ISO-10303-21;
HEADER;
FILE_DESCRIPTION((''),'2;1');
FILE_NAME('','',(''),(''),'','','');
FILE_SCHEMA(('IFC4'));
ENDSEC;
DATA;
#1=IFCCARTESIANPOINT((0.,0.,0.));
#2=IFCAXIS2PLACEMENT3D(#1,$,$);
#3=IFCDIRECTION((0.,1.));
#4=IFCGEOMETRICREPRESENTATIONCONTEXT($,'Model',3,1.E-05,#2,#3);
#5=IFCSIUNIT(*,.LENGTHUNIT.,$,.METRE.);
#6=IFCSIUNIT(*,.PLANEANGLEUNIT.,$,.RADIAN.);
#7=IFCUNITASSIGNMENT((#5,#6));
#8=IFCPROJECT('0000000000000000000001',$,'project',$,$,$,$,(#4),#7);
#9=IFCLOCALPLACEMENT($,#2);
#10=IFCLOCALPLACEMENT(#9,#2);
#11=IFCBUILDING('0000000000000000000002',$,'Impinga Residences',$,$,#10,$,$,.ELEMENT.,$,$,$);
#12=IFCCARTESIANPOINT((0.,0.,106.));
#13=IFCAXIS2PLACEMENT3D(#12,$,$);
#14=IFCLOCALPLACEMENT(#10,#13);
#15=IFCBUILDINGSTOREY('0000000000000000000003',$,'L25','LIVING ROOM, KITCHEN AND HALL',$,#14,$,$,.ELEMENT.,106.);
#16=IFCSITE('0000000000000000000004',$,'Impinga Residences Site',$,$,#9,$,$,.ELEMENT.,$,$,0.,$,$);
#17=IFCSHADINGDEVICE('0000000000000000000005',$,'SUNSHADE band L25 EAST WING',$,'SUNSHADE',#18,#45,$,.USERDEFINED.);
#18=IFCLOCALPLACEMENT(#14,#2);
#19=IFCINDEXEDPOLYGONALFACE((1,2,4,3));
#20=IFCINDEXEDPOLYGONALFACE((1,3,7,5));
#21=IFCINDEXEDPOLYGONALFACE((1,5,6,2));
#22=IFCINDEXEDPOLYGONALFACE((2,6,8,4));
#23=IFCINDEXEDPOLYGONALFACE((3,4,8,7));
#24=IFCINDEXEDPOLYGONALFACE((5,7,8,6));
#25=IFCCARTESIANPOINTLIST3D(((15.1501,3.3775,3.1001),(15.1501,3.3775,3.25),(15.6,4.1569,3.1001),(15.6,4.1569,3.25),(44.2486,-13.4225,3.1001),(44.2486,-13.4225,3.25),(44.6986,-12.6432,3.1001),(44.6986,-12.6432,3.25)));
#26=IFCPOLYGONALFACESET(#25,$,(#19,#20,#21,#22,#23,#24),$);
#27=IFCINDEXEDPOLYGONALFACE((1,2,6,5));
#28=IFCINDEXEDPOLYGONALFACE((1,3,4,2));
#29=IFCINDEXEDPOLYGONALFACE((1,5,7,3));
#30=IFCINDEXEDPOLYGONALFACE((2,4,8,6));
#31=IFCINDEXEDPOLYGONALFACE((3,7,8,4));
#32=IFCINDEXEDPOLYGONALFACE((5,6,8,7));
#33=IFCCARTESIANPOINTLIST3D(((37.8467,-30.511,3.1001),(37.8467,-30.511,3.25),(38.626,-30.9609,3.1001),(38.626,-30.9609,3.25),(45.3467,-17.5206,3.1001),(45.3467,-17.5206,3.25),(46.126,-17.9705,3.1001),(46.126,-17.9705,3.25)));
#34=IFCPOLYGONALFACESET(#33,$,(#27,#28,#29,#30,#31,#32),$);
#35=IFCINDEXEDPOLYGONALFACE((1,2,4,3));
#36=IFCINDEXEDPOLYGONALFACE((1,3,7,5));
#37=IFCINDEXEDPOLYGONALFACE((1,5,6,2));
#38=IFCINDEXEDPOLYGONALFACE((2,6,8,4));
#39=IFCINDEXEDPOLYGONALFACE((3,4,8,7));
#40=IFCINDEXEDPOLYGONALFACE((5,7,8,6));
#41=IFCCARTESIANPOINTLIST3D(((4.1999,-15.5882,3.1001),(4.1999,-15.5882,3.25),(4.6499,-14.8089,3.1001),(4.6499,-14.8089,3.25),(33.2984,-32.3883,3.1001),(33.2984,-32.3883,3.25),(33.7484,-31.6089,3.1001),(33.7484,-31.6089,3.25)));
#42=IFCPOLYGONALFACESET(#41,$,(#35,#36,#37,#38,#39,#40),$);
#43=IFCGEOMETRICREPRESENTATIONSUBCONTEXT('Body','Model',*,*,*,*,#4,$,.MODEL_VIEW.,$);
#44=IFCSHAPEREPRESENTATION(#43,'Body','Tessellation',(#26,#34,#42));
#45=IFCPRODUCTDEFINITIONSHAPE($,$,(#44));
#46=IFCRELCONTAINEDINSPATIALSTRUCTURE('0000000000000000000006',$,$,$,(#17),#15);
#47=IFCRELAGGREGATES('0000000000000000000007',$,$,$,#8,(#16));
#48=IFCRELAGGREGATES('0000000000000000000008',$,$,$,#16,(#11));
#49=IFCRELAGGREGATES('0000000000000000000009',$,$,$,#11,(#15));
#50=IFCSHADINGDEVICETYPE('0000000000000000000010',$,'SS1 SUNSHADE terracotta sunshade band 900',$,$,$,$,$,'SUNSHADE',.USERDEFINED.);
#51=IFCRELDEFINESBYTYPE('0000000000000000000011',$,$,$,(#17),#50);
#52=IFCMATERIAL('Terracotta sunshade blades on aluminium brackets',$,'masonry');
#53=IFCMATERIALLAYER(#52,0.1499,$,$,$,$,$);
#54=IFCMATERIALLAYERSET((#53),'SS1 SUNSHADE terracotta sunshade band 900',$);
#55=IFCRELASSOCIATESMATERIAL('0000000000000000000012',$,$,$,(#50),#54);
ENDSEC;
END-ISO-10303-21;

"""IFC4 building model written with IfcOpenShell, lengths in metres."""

from ifc_helpers import new_model, si_unit, direction, frame, origin, origin_2d, place, context, subcontext, project, spatial, rectangle, extrude, material, layer, layer_set, type_object, element, save


model = new_model("IFC4")

# Units and contexts
model_context = context("Model", 3, precision=1e-05, world=origin(), true_north=direction((0.0, 1.0)))
body_context = subcontext(model_context, "Body", "Model", "MODEL_VIEW")
ifc_project = project(units=[si_unit("LENGTHUNIT", "METRE"), si_unit("PLANEANGLEUNIT", "RADIAN")], contexts=[model_context])

# Site, building, storey
site_placement = place(None, origin())
site = spatial("IfcSite", under=ifc_project, at=site_placement, Name="Impinga Residences Site", CompositionType="ELEMENT", RefElevation=0.0)
building_placement = place(site_placement, origin())
building = spatial("IfcBuilding", under=site, at=building_placement, Name="Impinga Residences", CompositionType="ELEMENT")
storey_placement = place(building_placement, frame((0.0, 0.0, 106.0)))
storey = spatial("IfcBuildingStorey", under=building, at=storey_placement, Name="L25", Description="LIVING ROOM, KITCHEN AND HALL", CompositionType="ELEMENT", Elevation=106.0)

# Shading device
ifc_material_1 = material(Name="Terracotta sunshade blades on aluminium brackets", Category="masonry")
ifc_layer_1 = layer(ifc_material_1, 0.1499)
ifc_layer_set_1 = layer_set([ifc_layer_1], Name="SS1 SUNSHADE terracotta sunshade band 900")
shading_device_type = type_object("IfcShadingDeviceType", Name="SS1 SUNSHADE terracotta sunshade band 900", ElementType="SUNSHADE", PredefinedType="USERDEFINED", material=ifc_layer_set_1)
shading_device_placement = place(storey_placement, frame((29.9243, -4.6328, 3.1001), z_axis=(0.0, 0.0, 1.0), x_axis=(0.866025, -0.5, 0.0)))
element("IfcShadingDevice", 1, at=shading_device_placement, inside=storey, type_object=shading_device_type, Name="SUNSHADE band L25 EAST WING", ObjectType="SUNSHADE", PredefinedType="USERDEFINED", context=body_context, shape_type="SweptSolid", body=[
    extrude(rectangle(XDim=33.6001, YDim=0.8999, at=origin_2d()), origin(), (0.0, 0.0, 1.0), 0.1499),
    extrude(rectangle(XDim=15.0, YDim=0.8999, at=origin_2d()), frame((20.25, -10.95, 0.0), z_axis=(0.0, 0.0, 1.0), x_axis=(0.0, -1.0, 0.0)), (0.0, 0.0, 1.0), 0.1499),
    extrude(rectangle(XDim=33.6001, YDim=0.8999, at=origin_2d()), frame((-0.0002, -21.8999, 0.0), z_axis=(0.0, 0.0, 1.0), x_axis=(-1.0, 0.0, 0.0)), (0.0, 0.0, 1.0), 0.1499),
])

save(model, "model.ifc")
